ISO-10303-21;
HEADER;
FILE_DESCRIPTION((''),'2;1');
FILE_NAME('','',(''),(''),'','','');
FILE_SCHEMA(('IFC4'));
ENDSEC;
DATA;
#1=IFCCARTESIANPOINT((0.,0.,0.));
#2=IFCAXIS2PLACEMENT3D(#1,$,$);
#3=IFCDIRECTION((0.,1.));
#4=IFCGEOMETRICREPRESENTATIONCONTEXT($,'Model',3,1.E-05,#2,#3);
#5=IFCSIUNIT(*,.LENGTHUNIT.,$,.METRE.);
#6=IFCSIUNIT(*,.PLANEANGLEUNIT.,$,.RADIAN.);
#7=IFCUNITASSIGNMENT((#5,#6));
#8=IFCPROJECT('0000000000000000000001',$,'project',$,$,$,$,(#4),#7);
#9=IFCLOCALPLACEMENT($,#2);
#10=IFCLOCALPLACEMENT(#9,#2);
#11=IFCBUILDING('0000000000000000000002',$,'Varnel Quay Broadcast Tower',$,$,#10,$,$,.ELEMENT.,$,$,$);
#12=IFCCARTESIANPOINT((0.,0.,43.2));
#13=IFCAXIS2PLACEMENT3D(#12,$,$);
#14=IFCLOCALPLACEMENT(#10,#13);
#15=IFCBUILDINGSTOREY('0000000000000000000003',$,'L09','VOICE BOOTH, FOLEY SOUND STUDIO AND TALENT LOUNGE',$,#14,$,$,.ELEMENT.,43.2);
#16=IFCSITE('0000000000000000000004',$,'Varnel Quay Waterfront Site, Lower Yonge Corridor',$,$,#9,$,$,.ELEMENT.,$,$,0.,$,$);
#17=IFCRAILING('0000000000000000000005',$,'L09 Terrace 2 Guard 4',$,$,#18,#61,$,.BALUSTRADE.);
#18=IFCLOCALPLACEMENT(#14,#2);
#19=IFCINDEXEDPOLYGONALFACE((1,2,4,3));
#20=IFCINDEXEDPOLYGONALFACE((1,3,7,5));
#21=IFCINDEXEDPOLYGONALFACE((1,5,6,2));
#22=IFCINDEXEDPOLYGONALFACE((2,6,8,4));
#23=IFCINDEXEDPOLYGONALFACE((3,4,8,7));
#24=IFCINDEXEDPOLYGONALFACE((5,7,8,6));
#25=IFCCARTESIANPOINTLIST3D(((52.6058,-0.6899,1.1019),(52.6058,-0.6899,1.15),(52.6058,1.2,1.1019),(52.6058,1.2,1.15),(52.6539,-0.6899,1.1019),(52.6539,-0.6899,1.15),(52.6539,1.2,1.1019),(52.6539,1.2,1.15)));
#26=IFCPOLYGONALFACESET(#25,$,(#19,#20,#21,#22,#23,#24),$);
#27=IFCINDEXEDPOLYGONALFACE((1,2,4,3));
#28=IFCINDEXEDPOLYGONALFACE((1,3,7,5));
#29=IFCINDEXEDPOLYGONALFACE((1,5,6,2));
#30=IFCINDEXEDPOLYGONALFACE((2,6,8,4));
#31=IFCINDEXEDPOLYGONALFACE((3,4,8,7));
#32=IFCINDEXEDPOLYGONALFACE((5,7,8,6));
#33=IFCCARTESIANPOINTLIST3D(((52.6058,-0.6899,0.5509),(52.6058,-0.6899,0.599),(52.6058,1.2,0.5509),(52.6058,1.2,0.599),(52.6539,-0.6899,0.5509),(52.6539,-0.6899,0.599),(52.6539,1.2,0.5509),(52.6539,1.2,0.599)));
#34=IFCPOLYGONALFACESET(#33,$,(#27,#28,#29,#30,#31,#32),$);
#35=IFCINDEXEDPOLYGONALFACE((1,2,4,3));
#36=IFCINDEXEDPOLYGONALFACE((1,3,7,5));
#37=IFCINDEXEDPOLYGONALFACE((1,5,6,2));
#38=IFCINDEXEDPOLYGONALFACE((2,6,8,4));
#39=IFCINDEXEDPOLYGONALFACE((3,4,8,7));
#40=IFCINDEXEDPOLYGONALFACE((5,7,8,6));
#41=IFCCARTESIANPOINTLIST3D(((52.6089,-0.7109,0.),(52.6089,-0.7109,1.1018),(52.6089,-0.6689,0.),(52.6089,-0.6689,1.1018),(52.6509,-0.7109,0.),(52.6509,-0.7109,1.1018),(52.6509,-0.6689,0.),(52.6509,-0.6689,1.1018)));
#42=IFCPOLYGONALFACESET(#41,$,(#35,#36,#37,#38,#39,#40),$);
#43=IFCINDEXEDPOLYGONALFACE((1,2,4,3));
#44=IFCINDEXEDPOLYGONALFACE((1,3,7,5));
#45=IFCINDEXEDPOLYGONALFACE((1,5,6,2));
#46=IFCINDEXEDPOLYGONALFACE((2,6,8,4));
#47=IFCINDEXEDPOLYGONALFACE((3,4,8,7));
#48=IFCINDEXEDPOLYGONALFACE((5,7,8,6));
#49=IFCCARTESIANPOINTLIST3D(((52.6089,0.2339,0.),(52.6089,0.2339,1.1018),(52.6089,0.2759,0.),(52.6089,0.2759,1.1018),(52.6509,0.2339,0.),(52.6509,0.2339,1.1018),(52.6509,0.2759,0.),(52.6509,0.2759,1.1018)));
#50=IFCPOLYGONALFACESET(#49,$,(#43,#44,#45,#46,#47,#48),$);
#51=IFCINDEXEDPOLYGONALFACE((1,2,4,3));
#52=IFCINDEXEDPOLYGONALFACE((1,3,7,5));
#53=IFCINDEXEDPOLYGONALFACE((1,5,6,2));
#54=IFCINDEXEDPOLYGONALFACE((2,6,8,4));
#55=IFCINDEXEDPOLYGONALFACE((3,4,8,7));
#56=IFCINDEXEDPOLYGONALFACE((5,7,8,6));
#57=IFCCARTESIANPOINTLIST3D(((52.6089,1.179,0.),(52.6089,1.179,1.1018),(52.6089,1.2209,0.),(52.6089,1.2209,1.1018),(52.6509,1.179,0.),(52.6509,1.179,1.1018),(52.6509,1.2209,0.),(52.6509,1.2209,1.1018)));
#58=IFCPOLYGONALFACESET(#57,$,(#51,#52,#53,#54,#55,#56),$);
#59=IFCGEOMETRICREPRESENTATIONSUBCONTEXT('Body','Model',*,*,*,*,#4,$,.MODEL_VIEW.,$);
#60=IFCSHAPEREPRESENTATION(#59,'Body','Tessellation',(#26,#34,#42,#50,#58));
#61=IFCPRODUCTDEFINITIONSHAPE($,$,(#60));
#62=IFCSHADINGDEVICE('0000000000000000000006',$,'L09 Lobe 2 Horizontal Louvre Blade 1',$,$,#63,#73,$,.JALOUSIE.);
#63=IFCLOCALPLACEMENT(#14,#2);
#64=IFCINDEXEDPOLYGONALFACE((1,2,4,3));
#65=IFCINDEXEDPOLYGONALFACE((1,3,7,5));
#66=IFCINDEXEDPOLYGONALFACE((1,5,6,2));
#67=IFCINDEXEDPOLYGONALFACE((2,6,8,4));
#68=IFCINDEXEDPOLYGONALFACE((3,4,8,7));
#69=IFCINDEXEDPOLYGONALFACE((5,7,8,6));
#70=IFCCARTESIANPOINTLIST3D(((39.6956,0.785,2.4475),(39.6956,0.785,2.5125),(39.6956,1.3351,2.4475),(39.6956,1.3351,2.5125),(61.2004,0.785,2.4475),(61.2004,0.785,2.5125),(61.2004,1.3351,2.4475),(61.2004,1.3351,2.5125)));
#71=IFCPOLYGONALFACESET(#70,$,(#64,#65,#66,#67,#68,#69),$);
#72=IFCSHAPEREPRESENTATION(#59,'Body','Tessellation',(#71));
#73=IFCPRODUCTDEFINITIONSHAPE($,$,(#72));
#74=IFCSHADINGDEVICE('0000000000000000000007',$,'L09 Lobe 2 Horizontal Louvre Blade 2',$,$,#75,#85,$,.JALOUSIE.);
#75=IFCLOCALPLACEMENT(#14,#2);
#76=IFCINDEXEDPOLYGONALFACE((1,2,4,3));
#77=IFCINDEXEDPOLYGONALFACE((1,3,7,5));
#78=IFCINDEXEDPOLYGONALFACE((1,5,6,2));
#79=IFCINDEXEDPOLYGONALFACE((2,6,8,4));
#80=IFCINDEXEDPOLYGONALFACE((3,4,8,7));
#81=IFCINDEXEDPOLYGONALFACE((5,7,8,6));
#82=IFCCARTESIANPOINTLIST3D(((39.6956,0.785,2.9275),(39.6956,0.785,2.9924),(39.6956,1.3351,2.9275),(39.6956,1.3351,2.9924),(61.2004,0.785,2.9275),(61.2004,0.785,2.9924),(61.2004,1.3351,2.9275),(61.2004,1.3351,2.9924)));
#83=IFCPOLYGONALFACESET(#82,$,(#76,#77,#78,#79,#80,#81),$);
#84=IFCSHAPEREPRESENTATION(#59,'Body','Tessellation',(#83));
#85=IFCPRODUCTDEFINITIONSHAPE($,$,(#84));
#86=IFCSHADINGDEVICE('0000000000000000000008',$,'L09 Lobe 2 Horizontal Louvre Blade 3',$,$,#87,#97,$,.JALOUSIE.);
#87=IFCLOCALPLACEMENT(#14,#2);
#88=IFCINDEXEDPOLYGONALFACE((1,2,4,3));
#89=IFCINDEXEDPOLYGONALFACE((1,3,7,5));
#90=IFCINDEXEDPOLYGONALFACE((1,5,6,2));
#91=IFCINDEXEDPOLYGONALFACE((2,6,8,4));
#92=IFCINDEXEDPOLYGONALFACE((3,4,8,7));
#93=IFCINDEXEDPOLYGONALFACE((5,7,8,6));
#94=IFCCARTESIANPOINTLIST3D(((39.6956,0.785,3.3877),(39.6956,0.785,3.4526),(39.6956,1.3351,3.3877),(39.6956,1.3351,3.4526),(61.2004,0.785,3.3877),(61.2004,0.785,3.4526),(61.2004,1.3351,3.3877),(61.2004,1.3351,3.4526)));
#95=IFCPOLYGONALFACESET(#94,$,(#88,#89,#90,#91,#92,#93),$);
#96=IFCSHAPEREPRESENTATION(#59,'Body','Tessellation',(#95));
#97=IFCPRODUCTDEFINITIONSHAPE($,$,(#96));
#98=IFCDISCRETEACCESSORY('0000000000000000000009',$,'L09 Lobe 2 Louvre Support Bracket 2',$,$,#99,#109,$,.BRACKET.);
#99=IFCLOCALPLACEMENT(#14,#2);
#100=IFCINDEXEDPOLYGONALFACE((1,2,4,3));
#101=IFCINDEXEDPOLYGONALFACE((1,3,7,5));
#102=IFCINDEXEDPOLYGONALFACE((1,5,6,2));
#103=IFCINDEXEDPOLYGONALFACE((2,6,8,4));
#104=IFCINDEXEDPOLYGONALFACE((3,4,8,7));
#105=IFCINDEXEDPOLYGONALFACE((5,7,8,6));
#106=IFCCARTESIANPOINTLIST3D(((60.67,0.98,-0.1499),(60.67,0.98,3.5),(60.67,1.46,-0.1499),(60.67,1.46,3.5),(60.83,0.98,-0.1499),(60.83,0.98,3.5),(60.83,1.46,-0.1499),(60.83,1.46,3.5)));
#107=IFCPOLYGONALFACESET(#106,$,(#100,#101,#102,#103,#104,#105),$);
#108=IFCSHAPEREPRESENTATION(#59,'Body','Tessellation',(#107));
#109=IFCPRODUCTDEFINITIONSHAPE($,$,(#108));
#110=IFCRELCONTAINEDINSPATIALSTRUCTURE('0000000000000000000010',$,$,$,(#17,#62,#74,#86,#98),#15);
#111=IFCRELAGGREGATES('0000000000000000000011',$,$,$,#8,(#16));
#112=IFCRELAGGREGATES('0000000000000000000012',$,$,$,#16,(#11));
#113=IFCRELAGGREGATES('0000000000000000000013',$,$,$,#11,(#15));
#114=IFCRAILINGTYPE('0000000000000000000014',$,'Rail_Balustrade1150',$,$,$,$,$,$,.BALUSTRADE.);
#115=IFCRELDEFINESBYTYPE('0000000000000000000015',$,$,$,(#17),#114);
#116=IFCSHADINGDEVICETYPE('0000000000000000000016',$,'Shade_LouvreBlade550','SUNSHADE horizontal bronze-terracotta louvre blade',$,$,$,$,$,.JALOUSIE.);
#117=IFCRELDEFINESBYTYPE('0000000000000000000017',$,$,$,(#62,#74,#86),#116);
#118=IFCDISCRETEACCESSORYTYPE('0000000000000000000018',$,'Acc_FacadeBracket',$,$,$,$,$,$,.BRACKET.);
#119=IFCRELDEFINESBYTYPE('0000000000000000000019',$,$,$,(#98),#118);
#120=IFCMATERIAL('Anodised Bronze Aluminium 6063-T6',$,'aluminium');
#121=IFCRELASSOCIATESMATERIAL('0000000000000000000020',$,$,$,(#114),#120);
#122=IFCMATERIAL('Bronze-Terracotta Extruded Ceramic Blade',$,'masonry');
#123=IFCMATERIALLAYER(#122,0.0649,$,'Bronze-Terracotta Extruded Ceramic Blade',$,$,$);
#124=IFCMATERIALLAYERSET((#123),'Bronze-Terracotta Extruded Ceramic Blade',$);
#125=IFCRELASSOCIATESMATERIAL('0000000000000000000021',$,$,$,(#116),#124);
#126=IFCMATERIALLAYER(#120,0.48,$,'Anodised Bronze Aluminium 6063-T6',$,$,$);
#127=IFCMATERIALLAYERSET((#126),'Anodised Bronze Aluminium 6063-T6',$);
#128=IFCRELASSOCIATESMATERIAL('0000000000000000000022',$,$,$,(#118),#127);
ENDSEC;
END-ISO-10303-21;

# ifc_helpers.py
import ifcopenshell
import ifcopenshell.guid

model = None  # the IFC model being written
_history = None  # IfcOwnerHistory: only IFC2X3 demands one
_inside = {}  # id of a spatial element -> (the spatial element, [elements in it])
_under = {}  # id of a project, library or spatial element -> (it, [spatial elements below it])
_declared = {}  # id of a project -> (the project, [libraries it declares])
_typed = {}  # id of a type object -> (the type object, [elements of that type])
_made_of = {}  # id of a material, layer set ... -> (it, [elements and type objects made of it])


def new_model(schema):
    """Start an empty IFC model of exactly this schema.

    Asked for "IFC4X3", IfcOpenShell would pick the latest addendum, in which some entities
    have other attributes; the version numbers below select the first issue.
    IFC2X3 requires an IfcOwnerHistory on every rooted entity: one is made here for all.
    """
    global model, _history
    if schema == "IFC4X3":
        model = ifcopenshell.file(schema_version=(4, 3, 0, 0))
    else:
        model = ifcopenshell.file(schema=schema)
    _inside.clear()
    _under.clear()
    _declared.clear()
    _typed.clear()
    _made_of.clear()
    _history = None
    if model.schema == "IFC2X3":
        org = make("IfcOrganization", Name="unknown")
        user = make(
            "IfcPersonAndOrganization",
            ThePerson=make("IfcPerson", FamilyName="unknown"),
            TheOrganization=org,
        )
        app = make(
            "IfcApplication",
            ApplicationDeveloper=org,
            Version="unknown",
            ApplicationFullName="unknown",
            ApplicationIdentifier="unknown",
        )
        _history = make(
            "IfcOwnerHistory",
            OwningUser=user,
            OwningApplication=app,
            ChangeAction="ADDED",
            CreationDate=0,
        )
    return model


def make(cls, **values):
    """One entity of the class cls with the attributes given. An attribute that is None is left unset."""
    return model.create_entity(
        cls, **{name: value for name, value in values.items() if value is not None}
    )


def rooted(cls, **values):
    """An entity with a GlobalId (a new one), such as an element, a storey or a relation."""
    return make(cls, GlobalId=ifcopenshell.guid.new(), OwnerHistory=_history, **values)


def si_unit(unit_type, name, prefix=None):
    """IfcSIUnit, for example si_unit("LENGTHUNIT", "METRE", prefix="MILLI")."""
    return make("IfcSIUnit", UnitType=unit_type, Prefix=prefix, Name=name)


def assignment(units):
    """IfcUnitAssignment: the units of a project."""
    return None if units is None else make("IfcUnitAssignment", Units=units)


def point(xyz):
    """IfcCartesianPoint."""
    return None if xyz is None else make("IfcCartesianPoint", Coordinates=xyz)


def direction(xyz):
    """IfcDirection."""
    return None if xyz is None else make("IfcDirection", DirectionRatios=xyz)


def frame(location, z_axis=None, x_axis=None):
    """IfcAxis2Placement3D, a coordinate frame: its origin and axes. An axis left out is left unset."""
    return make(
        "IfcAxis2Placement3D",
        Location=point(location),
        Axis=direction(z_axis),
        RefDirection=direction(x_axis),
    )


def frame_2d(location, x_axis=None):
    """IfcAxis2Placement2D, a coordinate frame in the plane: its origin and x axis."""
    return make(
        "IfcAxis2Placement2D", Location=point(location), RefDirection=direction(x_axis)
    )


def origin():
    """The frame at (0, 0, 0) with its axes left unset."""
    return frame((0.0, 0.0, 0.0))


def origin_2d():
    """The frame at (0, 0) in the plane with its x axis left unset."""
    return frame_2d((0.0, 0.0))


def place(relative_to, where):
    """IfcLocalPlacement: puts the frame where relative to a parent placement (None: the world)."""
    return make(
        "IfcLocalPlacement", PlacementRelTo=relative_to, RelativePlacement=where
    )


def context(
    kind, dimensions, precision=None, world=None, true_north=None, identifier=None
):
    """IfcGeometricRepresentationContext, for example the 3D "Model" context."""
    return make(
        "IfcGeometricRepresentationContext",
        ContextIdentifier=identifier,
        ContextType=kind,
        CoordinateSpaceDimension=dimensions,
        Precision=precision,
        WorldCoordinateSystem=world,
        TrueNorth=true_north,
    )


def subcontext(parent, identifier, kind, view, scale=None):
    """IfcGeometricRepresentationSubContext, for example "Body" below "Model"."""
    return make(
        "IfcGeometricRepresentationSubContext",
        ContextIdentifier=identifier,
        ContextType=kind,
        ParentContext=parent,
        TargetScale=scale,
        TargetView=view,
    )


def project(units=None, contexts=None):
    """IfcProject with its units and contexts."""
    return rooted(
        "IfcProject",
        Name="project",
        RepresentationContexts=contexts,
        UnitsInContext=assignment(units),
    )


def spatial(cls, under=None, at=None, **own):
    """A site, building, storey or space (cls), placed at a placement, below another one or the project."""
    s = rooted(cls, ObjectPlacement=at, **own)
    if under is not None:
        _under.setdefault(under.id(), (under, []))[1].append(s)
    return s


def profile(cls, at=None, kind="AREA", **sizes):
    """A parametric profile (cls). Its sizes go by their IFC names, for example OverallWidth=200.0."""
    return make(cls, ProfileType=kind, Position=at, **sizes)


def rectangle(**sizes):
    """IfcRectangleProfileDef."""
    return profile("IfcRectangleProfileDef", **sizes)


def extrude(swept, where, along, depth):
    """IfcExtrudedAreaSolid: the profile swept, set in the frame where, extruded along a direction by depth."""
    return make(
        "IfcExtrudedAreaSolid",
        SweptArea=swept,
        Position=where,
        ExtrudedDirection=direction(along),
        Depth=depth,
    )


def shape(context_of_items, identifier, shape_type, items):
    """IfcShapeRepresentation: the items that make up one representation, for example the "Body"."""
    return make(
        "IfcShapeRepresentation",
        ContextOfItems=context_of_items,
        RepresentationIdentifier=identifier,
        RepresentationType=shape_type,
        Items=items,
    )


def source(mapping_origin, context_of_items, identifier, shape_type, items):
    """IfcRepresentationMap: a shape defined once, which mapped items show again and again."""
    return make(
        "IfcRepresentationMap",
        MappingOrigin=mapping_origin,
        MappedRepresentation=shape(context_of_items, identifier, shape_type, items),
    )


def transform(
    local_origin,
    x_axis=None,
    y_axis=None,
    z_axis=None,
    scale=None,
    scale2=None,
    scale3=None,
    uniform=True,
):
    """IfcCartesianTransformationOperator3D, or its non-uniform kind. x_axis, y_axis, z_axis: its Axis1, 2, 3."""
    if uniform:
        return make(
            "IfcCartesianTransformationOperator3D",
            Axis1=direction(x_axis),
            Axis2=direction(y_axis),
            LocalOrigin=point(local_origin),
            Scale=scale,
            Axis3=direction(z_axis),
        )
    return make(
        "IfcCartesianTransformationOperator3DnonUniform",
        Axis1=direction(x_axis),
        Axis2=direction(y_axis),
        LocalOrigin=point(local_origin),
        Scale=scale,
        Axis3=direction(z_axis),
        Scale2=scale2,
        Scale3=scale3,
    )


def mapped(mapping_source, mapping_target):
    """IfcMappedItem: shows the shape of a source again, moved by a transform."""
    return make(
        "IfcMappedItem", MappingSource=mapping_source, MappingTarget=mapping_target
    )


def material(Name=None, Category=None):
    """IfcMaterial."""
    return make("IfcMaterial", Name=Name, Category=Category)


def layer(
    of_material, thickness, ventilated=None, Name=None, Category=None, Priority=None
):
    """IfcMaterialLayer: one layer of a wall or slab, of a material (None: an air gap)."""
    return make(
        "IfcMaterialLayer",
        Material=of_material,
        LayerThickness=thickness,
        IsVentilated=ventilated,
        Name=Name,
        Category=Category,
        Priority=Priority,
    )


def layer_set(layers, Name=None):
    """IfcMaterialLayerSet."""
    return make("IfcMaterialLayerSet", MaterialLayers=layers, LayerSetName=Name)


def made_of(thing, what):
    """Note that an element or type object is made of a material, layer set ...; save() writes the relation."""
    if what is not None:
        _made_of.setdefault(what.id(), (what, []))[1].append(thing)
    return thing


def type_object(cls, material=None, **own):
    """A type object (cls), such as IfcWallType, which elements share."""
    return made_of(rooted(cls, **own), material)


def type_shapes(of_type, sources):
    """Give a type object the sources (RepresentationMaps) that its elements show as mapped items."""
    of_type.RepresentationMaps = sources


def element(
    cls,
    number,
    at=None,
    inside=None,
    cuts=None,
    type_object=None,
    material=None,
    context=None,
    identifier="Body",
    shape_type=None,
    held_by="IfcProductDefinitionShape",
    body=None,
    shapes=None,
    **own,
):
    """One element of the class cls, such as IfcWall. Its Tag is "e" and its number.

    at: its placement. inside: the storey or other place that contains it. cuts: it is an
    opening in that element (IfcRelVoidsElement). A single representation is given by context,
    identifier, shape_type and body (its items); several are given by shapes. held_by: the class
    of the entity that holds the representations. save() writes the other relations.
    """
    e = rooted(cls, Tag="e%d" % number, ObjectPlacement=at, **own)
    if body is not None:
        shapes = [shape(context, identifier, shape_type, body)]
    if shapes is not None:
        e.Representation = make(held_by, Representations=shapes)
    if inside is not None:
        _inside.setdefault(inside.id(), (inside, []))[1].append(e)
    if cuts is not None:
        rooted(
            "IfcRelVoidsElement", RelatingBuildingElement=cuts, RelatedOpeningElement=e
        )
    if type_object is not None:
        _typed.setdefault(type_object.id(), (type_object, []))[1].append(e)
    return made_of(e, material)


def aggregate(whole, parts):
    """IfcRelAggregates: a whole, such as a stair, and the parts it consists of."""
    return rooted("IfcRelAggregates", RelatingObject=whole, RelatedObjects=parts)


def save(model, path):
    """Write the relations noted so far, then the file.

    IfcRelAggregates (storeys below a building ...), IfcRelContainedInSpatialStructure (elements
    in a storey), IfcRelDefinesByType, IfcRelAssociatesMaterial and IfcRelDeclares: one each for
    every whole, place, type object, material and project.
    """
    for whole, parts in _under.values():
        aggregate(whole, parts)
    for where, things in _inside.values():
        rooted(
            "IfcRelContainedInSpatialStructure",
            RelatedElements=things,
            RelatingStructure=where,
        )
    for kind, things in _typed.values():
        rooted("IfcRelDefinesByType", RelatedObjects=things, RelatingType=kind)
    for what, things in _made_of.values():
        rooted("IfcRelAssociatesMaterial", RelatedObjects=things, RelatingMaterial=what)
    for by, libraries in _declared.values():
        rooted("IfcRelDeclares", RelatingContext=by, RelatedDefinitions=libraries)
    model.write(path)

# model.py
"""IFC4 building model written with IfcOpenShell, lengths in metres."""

from ifc_helpers import new_model, si_unit, direction, frame, origin, origin_2d, place, context, subcontext, project, spatial, rectangle, extrude, source, transform, mapped, material, layer, layer_set, type_object, type_shapes, element, save


model = new_model("IFC4")

# Units and contexts
model_context = context("Model", 3, precision=1e-05, world=origin(), true_north=direction((0.0, 1.0)))
body_context = subcontext(model_context, "Body", "Model", "MODEL_VIEW")
ifc_project = project(units=[si_unit("LENGTHUNIT", "METRE"), si_unit("PLANEANGLEUNIT", "RADIAN")], contexts=[model_context])

# Site, building, storey
site_placement = place(None, origin())
site = spatial("IfcSite", under=ifc_project, at=site_placement, Name="Varnel Quay Waterfront Site, Lower Yonge Corridor", CompositionType="ELEMENT", RefElevation=0.0)
building_placement = place(site_placement, origin())
building = spatial("IfcBuilding", under=site, at=building_placement, Name="Varnel Quay Broadcast Tower", CompositionType="ELEMENT")
storey_placement = place(building_placement, frame((0.0, 0.0, 43.2)))
storey = spatial("IfcBuildingStorey", under=building, at=storey_placement, Name="L09", Description="VOICE BOOTH, FOLEY SOUND STUDIO AND TALENT LOUNGE", CompositionType="ELEMENT", Elevation=43.2)

# Shared definitions
ifc_material_1 = material(Name="Anodised Bronze Aluminium 6063-T6", Category="aluminium")

# Railing
railing_type = type_object("IfcRailingType", Name="Rail_Balustrade1150", PredefinedType="BALUSTRADE", material=ifc_material_1)
railing_placement = place(storey_placement, frame((52.6299, -0.6899, 0.0)))
element("IfcRailing", 1, at=railing_placement, inside=storey, type_object=railing_type, Name="L09 Terrace 2 Guard 4", PredefinedType="BALUSTRADE", context=body_context, shape_type="SweptSolid", body=[
    extrude(rectangle(XDim=0.0481, YDim=0.0481, at=origin_2d()), frame((0.0, 0.0, 1.126), z_axis=(0.0, 1.0, 0.0), x_axis=(-1.0, 0.0, 0.0)), (0.0, 0.0, 1.0), 1.8899),
    extrude(rectangle(XDim=0.0481, YDim=0.0481, at=origin_2d()), frame((0.0, 0.0, 0.575), z_axis=(0.0, 1.0, 0.0), x_axis=(-1.0, 0.0, 0.0)), (0.0, 0.0, 1.0), 1.8899),
    extrude(rectangle(XDim=0.042, YDim=0.042, at=origin_2d()), origin(), (0.0, 0.0, 1.0), 1.1018),
    extrude(rectangle(XDim=0.042, YDim=0.042, at=origin_2d()), frame((0.0, 0.9448, 0.0)), (0.0, 0.0, 1.0), 1.1018),
    extrude(rectangle(XDim=0.042, YDim=0.042, at=origin_2d()), frame((0.0, 1.8899, 0.0)), (0.0, 0.0, 1.0), 1.1018),
])

# Shading devices
ifc_material_2 = material(Name="Bronze-Terracotta Extruded Ceramic Blade", Category="masonry")
ifc_layer_1 = layer(ifc_material_2, 0.0649, Name="Bronze-Terracotta Extruded Ceramic Blade")
ifc_layer_set_1 = layer_set([ifc_layer_1], Name="Bronze-Terracotta Extruded Ceramic Blade")
shading_device_type = type_object("IfcShadingDeviceType", Name="Shade_LouvreBlade550", Description="SUNSHADE horizontal bronze-terracotta louvre blade", PredefinedType="JALOUSIE", material=ifc_layer_set_1)
shared_shape_1 = source(origin(), body_context, "Body", "SweptSolid", [
    extrude(rectangle(XDim=21.5049, YDim=0.55, at=origin_2d()), origin(), (0.0, 0.0, 1.0), 0.0649),
])
type_shapes(shading_device_type, [shared_shape_1])
for number, where, z_axis, x_axis, name in (
    (2, (50.448, 1.0601, 2.4475), (0.0, 0.0, 1.0), (1.0, 0.0, 0.0), "L09 Lobe 2 Horizontal Louvre Blade 1"),
    (3, (50.448, 1.0601, 2.9275), (0.0, 0.0, 1.0), (1.0, 0.0, 0.0), "L09 Lobe 2 Horizontal Louvre Blade 2"),
    (4, (50.448, 1.0601, 3.3877), (0.0, 0.0, 1.0), (1.0, 0.0, 0.0), "L09 Lobe 2 Horizontal Louvre Blade 3"),
):
    element("IfcShadingDevice", number, at=place(storey_placement, frame(where, z_axis=z_axis, x_axis=x_axis)), inside=storey, type_object=shading_device_type, Name=name, PredefinedType="JALOUSIE", context=body_context, shape_type="MappedRepresentation", body=[
        mapped(shared_shape_1, transform((0.0, 0.0, 0.0), x_axis=(1.0, 0.0, 0.0), y_axis=(0.0, 1.0, 0.0), z_axis=(0.0, 0.0, 1.0), scale=1.0)),
    ])

# Discrete accessory
ifc_layer_2 = layer(ifc_material_1, 0.48, Name="Anodised Bronze Aluminium 6063-T6")
ifc_layer_set_2 = layer_set([ifc_layer_2], Name="Anodised Bronze Aluminium 6063-T6")
discrete_accessory_type = type_object("IfcDiscreteAccessoryType", Name="Acc_FacadeBracket", PredefinedType="BRACKET", material=ifc_layer_set_2)
shared_shape_2 = source(origin(), body_context, "Body", "SweptSolid", [
    extrude(rectangle(XDim=0.1599, YDim=0.48, at=origin_2d()), origin(), (0.0, 0.0, 1.0), 3.6499),
])
type_shapes(discrete_accessory_type, [shared_shape_2])
discrete_accessory_placement = place(storey_placement, frame((60.75, 1.22, -0.1499), z_axis=(0.0, 0.0, 1.0), x_axis=(1.0, 0.0, 0.0)))
element("IfcDiscreteAccessory", 5, at=discrete_accessory_placement, inside=storey, type_object=discrete_accessory_type, Name="L09 Lobe 2 Louvre Support Bracket 2", PredefinedType="BRACKET", context=body_context, shape_type="MappedRepresentation", body=[
    mapped(shared_shape_2, transform((0.0, 0.0, 0.0), x_axis=(1.0, 0.0, 0.0), y_axis=(0.0, 1.0, 0.0), z_axis=(0.0, 0.0, 1.0), scale=1.0)),
])

save(model, "model.ifc")
